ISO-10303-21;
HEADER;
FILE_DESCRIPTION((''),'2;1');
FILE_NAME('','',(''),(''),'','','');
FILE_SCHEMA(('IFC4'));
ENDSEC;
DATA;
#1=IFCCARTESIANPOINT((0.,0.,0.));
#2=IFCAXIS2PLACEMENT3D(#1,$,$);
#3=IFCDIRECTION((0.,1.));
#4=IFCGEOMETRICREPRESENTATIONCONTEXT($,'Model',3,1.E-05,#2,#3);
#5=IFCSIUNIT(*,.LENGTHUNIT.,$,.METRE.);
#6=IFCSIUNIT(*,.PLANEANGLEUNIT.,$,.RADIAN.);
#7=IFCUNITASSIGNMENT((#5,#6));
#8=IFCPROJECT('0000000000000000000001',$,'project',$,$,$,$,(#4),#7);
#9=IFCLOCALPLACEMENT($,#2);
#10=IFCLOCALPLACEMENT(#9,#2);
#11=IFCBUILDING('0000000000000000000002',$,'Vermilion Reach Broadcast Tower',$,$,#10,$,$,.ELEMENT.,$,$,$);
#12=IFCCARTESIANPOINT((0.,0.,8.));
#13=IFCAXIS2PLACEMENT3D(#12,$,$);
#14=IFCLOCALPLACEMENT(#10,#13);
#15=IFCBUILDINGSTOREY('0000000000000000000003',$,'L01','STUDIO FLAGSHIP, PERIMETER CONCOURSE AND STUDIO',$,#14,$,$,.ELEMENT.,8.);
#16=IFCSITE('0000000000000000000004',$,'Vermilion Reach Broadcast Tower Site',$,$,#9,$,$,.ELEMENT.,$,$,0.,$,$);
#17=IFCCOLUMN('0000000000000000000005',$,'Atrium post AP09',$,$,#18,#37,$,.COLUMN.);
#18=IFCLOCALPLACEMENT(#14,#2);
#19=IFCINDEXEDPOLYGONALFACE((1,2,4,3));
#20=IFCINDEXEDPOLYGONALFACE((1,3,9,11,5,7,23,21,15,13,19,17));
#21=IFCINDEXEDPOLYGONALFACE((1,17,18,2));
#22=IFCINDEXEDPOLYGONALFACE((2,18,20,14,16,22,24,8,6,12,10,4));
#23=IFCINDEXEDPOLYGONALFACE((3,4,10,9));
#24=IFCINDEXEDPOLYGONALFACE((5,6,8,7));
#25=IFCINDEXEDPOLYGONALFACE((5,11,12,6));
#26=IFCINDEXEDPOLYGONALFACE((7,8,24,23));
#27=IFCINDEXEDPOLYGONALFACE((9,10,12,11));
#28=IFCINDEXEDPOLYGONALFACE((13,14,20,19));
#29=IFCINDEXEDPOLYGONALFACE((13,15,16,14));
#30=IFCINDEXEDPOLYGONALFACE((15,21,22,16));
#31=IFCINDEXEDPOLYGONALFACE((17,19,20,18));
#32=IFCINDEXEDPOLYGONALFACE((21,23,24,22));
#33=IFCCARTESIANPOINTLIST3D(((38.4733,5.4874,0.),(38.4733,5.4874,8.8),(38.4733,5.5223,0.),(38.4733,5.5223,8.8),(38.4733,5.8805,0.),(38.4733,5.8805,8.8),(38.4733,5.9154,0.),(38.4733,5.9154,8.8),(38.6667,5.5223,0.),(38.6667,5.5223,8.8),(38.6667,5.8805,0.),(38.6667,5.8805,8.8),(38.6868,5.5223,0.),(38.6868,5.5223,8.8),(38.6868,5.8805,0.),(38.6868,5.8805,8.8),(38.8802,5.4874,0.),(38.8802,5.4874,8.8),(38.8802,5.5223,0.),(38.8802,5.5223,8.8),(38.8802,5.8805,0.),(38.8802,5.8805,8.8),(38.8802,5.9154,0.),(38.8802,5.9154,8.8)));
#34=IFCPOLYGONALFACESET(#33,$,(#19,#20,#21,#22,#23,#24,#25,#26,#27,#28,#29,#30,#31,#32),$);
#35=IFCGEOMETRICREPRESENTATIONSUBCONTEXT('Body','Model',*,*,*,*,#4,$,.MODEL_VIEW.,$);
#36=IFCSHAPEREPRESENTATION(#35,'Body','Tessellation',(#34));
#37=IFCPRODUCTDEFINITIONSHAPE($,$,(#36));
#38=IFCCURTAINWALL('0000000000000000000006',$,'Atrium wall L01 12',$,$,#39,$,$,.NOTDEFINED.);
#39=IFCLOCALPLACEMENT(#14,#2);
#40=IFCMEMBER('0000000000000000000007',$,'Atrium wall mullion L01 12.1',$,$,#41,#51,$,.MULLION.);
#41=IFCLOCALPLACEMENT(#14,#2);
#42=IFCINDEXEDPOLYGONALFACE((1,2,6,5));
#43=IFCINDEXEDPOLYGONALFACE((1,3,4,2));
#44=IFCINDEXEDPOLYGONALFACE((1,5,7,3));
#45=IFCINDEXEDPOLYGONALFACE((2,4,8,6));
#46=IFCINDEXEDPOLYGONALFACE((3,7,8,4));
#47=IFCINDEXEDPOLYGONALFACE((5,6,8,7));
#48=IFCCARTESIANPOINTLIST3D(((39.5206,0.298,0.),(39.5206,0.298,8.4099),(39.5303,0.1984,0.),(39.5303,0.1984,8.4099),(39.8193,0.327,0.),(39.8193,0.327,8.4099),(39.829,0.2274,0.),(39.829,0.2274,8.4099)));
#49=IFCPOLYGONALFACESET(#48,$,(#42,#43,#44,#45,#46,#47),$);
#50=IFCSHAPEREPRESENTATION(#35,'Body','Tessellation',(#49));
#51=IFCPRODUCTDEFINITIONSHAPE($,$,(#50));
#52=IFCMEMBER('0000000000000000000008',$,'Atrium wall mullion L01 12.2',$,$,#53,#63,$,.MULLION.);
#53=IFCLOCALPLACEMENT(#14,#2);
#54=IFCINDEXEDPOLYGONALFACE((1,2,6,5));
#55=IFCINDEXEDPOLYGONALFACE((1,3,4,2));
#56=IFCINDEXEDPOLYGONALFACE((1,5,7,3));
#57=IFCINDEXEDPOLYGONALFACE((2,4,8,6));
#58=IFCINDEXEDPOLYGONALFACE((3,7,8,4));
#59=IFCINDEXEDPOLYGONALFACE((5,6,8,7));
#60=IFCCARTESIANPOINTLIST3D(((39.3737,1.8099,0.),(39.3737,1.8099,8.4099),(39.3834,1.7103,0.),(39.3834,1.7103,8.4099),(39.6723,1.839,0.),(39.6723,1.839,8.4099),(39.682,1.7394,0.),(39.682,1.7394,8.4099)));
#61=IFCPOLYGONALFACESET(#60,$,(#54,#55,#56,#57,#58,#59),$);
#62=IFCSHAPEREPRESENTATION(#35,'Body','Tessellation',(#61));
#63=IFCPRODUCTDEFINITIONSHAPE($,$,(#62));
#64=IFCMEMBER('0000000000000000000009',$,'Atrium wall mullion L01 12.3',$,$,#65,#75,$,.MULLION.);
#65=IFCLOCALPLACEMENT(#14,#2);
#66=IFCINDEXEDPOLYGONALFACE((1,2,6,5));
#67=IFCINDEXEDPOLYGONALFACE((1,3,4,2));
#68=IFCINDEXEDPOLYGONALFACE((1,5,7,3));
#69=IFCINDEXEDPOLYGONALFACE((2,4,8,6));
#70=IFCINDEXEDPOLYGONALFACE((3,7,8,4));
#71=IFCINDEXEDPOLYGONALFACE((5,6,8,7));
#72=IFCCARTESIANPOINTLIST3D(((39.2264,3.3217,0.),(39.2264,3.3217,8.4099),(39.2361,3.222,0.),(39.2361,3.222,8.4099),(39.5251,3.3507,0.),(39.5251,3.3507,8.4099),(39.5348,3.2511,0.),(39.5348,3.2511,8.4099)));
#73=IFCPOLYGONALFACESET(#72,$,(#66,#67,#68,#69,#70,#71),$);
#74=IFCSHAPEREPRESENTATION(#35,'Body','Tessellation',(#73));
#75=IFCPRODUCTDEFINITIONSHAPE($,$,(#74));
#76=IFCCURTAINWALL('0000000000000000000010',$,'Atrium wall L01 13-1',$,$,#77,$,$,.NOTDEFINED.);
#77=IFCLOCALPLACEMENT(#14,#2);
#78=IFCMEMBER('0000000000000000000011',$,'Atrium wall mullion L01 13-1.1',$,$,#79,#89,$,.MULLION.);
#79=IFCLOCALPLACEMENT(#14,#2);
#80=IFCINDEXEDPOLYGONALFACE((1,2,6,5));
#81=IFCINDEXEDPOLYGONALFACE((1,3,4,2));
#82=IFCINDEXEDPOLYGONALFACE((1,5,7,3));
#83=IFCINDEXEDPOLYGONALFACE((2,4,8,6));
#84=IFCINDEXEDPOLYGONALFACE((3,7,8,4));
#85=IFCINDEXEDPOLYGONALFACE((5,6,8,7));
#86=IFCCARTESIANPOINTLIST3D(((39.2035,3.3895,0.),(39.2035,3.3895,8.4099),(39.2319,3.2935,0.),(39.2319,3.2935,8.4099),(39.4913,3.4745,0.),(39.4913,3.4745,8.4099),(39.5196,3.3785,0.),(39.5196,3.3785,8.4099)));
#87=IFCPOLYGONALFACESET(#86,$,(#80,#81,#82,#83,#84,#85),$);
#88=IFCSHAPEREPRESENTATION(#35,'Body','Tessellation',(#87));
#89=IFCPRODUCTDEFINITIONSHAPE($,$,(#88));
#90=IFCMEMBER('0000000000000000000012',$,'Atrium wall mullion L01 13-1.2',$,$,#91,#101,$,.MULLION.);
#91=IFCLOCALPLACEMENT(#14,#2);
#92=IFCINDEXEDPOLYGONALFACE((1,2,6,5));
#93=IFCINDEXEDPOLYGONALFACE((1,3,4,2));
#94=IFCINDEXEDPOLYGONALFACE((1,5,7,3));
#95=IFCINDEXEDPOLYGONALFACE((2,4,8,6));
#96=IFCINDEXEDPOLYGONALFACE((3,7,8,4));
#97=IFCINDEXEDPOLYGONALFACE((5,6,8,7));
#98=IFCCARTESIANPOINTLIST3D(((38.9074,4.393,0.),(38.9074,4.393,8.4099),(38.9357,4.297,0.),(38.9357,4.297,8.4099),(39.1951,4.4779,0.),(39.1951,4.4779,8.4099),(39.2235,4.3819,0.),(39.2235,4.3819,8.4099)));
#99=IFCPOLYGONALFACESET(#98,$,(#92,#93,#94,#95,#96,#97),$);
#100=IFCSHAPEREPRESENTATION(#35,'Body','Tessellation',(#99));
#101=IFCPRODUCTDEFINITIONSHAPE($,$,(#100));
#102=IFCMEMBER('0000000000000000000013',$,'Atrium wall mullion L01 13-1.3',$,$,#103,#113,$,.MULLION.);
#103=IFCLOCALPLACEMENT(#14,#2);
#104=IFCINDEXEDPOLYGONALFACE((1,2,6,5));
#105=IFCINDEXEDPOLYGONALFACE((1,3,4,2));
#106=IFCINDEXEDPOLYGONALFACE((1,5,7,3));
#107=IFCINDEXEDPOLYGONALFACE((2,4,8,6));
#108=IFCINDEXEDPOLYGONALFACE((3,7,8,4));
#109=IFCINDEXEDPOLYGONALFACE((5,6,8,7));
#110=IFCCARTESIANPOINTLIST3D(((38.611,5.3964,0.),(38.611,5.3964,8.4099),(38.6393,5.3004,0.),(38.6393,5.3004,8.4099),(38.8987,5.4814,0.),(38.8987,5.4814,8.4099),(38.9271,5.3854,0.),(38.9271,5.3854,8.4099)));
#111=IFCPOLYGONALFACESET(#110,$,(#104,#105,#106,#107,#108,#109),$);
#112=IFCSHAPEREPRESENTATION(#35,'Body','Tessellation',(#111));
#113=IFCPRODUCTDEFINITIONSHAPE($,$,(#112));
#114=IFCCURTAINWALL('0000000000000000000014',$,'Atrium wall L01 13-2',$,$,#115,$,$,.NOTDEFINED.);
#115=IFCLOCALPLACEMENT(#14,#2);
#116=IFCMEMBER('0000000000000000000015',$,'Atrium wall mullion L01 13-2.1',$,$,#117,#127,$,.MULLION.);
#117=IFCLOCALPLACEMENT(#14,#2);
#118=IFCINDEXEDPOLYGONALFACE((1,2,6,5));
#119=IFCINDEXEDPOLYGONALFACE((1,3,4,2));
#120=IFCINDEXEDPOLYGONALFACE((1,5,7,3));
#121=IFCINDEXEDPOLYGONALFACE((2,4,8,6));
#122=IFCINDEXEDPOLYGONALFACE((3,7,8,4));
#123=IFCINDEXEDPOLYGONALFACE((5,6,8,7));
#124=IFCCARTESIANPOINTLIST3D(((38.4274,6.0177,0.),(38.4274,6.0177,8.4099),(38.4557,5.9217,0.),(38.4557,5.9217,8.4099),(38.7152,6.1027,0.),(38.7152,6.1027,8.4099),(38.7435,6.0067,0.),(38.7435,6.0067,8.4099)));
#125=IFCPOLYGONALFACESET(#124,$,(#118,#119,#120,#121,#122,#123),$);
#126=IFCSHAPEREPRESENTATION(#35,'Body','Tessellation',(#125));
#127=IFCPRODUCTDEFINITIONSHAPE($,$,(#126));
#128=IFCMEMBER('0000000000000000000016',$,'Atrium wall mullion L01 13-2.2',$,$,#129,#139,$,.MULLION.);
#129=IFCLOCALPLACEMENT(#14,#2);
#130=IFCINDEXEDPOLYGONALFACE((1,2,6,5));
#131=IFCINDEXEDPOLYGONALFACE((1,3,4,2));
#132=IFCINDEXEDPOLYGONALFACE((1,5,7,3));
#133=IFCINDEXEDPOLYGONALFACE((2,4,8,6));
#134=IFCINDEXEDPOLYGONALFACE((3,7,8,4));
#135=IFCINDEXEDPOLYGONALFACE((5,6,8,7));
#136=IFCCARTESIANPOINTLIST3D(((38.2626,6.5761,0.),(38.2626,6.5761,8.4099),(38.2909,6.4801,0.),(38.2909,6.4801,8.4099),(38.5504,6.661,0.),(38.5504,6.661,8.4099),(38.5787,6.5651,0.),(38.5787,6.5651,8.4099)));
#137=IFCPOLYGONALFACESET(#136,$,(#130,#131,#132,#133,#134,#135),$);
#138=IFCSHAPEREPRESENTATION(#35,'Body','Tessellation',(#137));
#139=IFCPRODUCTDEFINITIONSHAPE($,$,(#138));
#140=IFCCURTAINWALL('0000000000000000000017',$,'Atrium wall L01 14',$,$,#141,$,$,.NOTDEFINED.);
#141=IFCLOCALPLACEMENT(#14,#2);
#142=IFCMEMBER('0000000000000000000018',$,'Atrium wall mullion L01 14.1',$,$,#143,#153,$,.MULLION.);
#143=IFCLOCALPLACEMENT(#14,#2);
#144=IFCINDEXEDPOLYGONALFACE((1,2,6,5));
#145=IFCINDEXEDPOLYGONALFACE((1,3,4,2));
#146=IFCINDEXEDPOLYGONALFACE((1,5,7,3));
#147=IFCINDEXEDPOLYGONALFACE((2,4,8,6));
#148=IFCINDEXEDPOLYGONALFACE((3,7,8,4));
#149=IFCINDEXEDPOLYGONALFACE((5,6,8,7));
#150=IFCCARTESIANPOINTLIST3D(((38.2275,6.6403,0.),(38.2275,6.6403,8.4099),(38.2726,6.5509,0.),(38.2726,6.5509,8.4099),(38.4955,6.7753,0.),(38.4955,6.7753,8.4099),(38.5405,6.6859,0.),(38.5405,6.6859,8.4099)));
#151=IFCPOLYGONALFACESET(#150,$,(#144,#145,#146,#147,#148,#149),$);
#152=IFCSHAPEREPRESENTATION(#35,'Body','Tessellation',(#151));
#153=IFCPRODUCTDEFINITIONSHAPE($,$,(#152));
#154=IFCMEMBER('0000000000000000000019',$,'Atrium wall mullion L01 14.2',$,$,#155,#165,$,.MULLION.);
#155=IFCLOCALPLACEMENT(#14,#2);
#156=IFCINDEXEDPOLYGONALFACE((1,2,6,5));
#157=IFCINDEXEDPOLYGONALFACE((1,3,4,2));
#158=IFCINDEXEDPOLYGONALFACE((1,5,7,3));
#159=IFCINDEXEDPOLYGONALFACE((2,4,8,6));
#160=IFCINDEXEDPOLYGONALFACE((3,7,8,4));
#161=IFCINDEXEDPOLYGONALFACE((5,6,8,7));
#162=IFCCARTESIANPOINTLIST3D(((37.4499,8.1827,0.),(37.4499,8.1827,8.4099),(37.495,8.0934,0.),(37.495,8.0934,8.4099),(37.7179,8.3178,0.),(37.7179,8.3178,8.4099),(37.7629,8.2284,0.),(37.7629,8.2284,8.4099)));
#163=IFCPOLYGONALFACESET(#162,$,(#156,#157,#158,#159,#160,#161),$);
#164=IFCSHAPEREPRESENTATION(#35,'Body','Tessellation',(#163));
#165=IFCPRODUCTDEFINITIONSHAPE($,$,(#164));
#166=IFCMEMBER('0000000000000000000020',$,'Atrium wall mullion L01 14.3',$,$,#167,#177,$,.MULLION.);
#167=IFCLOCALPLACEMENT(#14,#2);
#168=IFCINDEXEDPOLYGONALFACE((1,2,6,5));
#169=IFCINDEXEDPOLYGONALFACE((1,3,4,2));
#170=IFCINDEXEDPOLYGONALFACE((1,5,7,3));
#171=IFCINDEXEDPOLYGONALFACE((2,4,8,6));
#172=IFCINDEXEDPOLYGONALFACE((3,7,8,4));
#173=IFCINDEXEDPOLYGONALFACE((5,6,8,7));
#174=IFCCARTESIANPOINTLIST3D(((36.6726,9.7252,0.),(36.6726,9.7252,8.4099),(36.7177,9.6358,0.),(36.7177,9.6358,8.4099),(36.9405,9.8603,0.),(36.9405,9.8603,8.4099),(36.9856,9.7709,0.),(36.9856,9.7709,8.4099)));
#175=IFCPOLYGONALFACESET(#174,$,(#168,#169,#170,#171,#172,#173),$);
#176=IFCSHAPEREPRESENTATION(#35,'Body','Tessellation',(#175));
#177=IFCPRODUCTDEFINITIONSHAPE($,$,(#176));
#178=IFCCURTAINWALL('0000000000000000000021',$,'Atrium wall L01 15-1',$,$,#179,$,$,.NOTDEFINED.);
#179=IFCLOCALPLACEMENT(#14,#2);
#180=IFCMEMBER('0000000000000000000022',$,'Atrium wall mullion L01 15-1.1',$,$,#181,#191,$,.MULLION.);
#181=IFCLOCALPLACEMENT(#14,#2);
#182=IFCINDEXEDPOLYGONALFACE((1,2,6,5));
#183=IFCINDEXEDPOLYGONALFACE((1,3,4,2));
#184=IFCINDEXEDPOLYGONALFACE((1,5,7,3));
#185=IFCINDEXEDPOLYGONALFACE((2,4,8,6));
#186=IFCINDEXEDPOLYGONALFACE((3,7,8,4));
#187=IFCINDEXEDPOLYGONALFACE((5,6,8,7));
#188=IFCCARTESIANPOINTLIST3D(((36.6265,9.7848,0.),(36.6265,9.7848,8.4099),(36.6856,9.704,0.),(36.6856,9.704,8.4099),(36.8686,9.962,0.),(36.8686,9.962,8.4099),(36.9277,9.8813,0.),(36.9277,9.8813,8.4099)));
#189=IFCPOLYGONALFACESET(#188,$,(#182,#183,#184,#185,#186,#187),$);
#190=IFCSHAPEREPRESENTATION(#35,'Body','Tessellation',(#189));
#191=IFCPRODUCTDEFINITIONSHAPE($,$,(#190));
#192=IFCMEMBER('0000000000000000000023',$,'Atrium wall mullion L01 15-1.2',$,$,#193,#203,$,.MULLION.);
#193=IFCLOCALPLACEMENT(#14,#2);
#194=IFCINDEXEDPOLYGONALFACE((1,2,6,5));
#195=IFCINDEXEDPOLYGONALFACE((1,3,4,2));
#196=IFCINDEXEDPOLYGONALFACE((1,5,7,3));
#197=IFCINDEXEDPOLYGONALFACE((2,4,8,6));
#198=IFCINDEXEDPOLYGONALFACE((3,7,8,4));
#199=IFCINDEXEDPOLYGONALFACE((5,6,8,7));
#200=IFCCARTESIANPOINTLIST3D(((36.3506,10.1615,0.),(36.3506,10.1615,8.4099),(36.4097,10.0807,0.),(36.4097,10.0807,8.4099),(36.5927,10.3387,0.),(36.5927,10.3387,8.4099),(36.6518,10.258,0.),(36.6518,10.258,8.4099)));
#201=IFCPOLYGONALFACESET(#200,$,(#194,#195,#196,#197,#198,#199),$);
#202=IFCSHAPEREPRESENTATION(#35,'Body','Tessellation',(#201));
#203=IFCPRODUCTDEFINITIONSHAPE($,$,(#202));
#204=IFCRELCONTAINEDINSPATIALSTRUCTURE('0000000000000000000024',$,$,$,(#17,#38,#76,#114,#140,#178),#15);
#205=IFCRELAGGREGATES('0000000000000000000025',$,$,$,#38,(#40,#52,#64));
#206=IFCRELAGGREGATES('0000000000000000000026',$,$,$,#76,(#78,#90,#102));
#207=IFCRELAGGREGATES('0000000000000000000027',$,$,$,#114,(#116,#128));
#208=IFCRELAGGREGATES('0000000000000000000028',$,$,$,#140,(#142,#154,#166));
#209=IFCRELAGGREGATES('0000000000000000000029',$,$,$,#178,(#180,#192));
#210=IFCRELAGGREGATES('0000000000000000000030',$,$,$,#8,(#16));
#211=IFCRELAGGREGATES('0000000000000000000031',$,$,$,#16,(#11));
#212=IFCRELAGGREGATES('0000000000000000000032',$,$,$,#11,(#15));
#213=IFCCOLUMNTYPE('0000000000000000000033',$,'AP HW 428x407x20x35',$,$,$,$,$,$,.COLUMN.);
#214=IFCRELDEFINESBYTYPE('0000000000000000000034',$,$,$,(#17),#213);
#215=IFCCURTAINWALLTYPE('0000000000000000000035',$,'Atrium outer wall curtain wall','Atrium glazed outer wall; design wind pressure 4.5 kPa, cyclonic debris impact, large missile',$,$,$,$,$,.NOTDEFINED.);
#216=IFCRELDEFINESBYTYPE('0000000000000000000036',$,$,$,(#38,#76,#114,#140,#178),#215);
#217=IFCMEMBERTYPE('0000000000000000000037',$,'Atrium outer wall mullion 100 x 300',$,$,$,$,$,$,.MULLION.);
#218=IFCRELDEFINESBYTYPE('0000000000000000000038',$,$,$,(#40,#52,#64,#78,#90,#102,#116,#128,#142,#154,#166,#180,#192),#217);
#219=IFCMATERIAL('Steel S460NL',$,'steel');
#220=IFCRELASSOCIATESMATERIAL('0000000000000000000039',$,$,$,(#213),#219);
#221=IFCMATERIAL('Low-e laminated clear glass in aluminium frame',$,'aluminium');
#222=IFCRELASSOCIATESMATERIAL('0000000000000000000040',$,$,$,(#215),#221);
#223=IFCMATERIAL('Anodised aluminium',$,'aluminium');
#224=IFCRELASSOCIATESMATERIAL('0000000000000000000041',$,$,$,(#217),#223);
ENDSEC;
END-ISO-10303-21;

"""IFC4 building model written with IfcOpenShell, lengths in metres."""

from ifc_helpers import new_model, si_unit, direction, frame, origin, origin_2d, place, context, subcontext, project, spatial, rectangle, i_section, extrude, material, material_profile, profile_set, type_object, element, aggregate, save


model = new_model("IFC4")

# Units and contexts
model_context = context("Model", 3, precision=1e-05, world=origin(), true_north=direction((0.0, 1.0)))
body_context = subcontext(model_context, "Body", "Model", "MODEL_VIEW")
ifc_project = project(units=[si_unit("LENGTHUNIT", "METRE"), si_unit("PLANEANGLEUNIT", "RADIAN")], contexts=[model_context])

# Site, building, storey
site_placement = place(None, origin())
site = spatial("IfcSite", under=ifc_project, at=site_placement, Name="Vermilion Reach Broadcast Tower Site", CompositionType="ELEMENT", RefElevation=0.0)
building_placement = place(site_placement, origin())
building = spatial("IfcBuilding", under=site, at=building_placement, Name="Vermilion Reach Broadcast Tower", CompositionType="ELEMENT")
storey_placement = place(building_placement, frame((0.0, 0.0, 8.0)))
storey = spatial("IfcBuildingStorey", under=building, at=storey_placement, Name="L01", Description="STUDIO FLAGSHIP, PERIMETER CONCOURSE AND STUDIO", CompositionType="ELEMENT", Elevation=8.0)

# Column
ifc_material_1 = material(Name="Steel S460NL", Category="steel")
ifc_material_profile_1 = material_profile(ifc_material_1, i_section(OverallWidth=0.407, OverallDepth=0.428, WebThickness=0.02, FlangeThickness=0.0349, at=origin_2d()), Name="S460NL HW 428x407x20x35")
ifc_profile_set_1 = profile_set([ifc_material_profile_1], Name="Steel S460NL")
column_type = type_object("IfcColumnType", Name="AP HW 428x407x20x35", PredefinedType="COLUMN", material=ifc_profile_set_1)
column_placement = place(storey_placement, frame((38.6768, 5.7014, 0.0), z_axis=(0.0, 0.0, 1.0), x_axis=(1.0, 0.0, 0.0)))
element("IfcColumn", 1, at=column_placement, inside=storey, type_object=column_type, Name="Atrium post AP09", PredefinedType="COLUMN", context=body_context, shape_type="SweptSolid", body=[
    extrude(i_section(OverallWidth=0.407, OverallDepth=0.428, WebThickness=0.02, FlangeThickness=0.0349, at=origin_2d()), origin(), (0.0, 0.0, 1.0), 8.8),
])

# Curtain walls, members
ifc_material_2 = material(Name="Low-e laminated clear glass in aluminium frame", Category="aluminium")
curtain_wall_type = type_object("IfcCurtainWallType", Name="Atrium outer wall curtain wall", Description="Atrium glazed outer wall; design wind pressure 4.5 kPa, cyclonic debris impact, large missile", PredefinedType="NOTDEFINED", material=ifc_material_2)
placement = place(storey_placement, origin())
curtain_wall_1 = element("IfcCurtainWall", 2, at=placement, inside=storey, type_object=curtain_wall_type, Name="Atrium wall L01 12", PredefinedType="NOTDEFINED")
ifc_material_3 = material(Name="Anodised aluminium", Category="aluminium")
ifc_material_profile_2 = material_profile(ifc_material_3, rectangle(XDim=0.3, YDim=0.1001, at=origin_2d()), Name="Atrium outer wall mullion 100 x 300")
ifc_profile_set_2 = profile_set([ifc_material_profile_2], Name="Anodised aluminium")
member_type_1 = type_object("IfcMemberType", Name="Atrium outer wall mullion 100 x 300", PredefinedType="MULLION", material=ifc_profile_set_2)
member_1_placement = place(storey_placement, frame((39.6748, 0.2627, 0.0), z_axis=(0.0, 0.0, 1.0), x_axis=(-0.995298, -0.096861, 0.0)))
member_1 = element("IfcMember", 3, at=member_1_placement, type_object=member_type_1, Name="Atrium wall mullion L01 12.1", PredefinedType="MULLION", context=body_context, shape_type="SweptSolid", body=[
    extrude(rectangle(XDim=0.3, YDim=0.1001, at=origin_2d()), origin(), (0.0, 0.0, 1.0), 8.4099),
])
member_2_placement = place(storey_placement, frame((39.5278, 1.7747, 0.0), z_axis=(0.0, 0.0, 1.0), x_axis=(-0.995298, -0.096861, 0.0)))
member_2 = element("IfcMember", 4, at=member_2_placement, type_object=member_type_1, Name="Atrium wall mullion L01 12.2", PredefinedType="MULLION", context=body_context, shape_type="SweptSolid", body=[
    extrude(rectangle(XDim=0.3, YDim=0.1001, at=origin_2d()), origin(), (0.0, 0.0, 1.0), 8.4099),
])
member_3_placement = place(storey_placement, frame((39.3806, 3.2864, 0.0), z_axis=(0.0, 0.0, 1.0), x_axis=(-0.995298, -0.096861, 0.0)))
member_3 = element("IfcMember", 5, at=member_3_placement, type_object=member_type_1, Name="Atrium wall mullion L01 12.3", PredefinedType="MULLION", context=body_context, shape_type="SweptSolid", body=[
    extrude(rectangle(XDim=0.3, YDim=0.1001, at=origin_2d()), origin(), (0.0, 0.0, 1.0), 8.4099),
])
curtain_wall_2 = element("IfcCurtainWall", 6, at=placement, inside=storey, type_object=curtain_wall_type, Name="Atrium wall L01 13-1", PredefinedType="NOTDEFINED")
member_4_placement = place(storey_placement, frame((39.3616, 3.384, 0.0), z_axis=(0.0, 0.0, 1.0), x_axis=(-0.959048, -0.283245, 0.0)))
member_4 = element("IfcMember", 7, at=member_4_placement, type_object=member_type_1, Name="Atrium wall mullion L01 13-1.1", PredefinedType="MULLION", context=body_context, shape_type="SweptSolid", body=[
    extrude(rectangle(XDim=0.3, YDim=0.1001, at=origin_2d()), origin(), (0.0, 0.0, 1.0), 8.4099),
])
member_5_placement = place(storey_placement, frame((39.0654, 4.3875, 0.0), z_axis=(0.0, 0.0, 1.0), x_axis=(-0.959048, -0.283245, 0.0)))
member_5 = element("IfcMember", 8, at=member_5_placement, type_object=member_type_1, Name="Atrium wall mullion L01 13-1.2", PredefinedType="MULLION", context=body_context, shape_type="SweptSolid", body=[
    extrude(rectangle(XDim=0.3, YDim=0.1001, at=origin_2d()), origin(), (0.0, 0.0, 1.0), 8.4099),
])
member_6_placement = place(storey_placement, frame((38.769, 5.3909, 0.0), z_axis=(0.0, 0.0, 1.0), x_axis=(-0.959048, -0.283245, 0.0)))
member_6 = element("IfcMember", 9, at=member_6_placement, type_object=member_type_1, Name="Atrium wall mullion L01 13-1.3", PredefinedType="MULLION", context=body_context, shape_type="SweptSolid", body=[
    extrude(rectangle(XDim=0.3, YDim=0.1001, at=origin_2d()), origin(), (0.0, 0.0, 1.0), 8.4099),
])
curtain_wall_3 = element("IfcCurtainWall", 10, at=placement, inside=storey, type_object=curtain_wall_type, Name="Atrium wall L01 13-2", PredefinedType="NOTDEFINED")
member_7_placement = place(storey_placement, frame((38.5854, 6.0122, 0.0), z_axis=(0.0, 0.0, 1.0), x_axis=(-0.959048, -0.283245, 0.0)))
member_7 = element("IfcMember", 11, at=member_7_placement, type_object=member_type_1, Name="Atrium wall mullion L01 13-2.1", PredefinedType="MULLION", context=body_context, shape_type="SweptSolid", body=[
    extrude(rectangle(XDim=0.3, YDim=0.1001, at=origin_2d()), origin(), (0.0, 0.0, 1.0), 8.4099),
])
member_8_placement = place(storey_placement, frame((38.4207, 6.5706, 0.0), z_axis=(0.0, 0.0, 1.0), x_axis=(-0.959048, -0.283245, 0.0)))
member_8 = element("IfcMember", 12, at=member_8_placement, type_object=member_type_1, Name="Atrium wall mullion L01 13-2.2", PredefinedType="MULLION", context=body_context, shape_type="SweptSolid", body=[
    extrude(rectangle(XDim=0.3, YDim=0.1001, at=origin_2d()), origin(), (0.0, 0.0, 1.0), 8.4099),
])
curtain_wall_4 = element("IfcCurtainWall", 13, at=placement, inside=storey, type_object=curtain_wall_type, Name="Atrium wall L01 14", PredefinedType="NOTDEFINED")
member_9_placement = place(storey_placement, frame((38.384, 6.6631, 0.0), z_axis=(0.0, 0.0, 1.0), x_axis=(-0.892992, -0.450072, 0.0)))
member_9 = element("IfcMember", 14, at=member_9_placement, type_object=member_type_1, Name="Atrium wall mullion L01 14.1", PredefinedType="MULLION", context=body_context, shape_type="SweptSolid", body=[
    extrude(rectangle(XDim=0.3, YDim=0.1001, at=origin_2d()), origin(), (0.0, 0.0, 1.0), 8.4099),
])
member_10_placement = place(storey_placement, frame((37.6064, 8.2056, 0.0), z_axis=(0.0, 0.0, 1.0), x_axis=(-0.892992, -0.450072, 0.0)))
member_10 = element("IfcMember", 15, at=member_10_placement, type_object=member_type_1, Name="Atrium wall mullion L01 14.2", PredefinedType="MULLION", context=body_context, shape_type="SweptSolid", body=[
    extrude(rectangle(XDim=0.3, YDim=0.1001, at=origin_2d()), origin(), (0.0, 0.0, 1.0), 8.4099),
])
member_11_placement = place(storey_placement, frame((36.8291, 9.748, 0.0), z_axis=(0.0, 0.0, 1.0), x_axis=(-0.892992, -0.450072, 0.0)))
member_11 = element("IfcMember", 16, at=member_11_placement, type_object=member_type_1, Name="Atrium wall mullion L01 14.3", PredefinedType="MULLION", context=body_context, shape_type="SweptSolid", body=[
    extrude(rectangle(XDim=0.3, YDim=0.1001, at=origin_2d()), origin(), (0.0, 0.0, 1.0), 8.4099),
])
curtain_wall_5 = element("IfcCurtainWall", 17, at=placement, inside=storey, type_object=curtain_wall_type, Name="Atrium wall L01 15-1", PredefinedType="NOTDEFINED")
member_12_placement = place(storey_placement, frame((36.7771, 9.833, 0.0), z_axis=(0.0, 0.0, 1.0), x_axis=(-0.806847, -0.59076, 0.0)))
member_12 = element("IfcMember", 18, at=member_12_placement, type_object=member_type_1, Name="Atrium wall mullion L01 15-1.1", PredefinedType="MULLION", context=body_context, shape_type="SweptSolid", body=[
    extrude(rectangle(XDim=0.3, YDim=0.1001, at=origin_2d()), origin(), (0.0, 0.0, 1.0), 8.4099),
])
member_13_placement = place(storey_placement, frame((36.5012, 10.2097, 0.0), z_axis=(0.0, 0.0, 1.0), x_axis=(-0.806847, -0.59076, 0.0)))
member_13 = element("IfcMember", 19, at=member_13_placement, type_object=member_type_1, Name="Atrium wall mullion L01 15-1.2", PredefinedType="MULLION", context=body_context, shape_type="SweptSolid", body=[
    extrude(rectangle(XDim=0.3, YDim=0.1001, at=origin_2d()), origin(), (0.0, 0.0, 1.0), 8.4099),
])

aggregate(curtain_wall_1, [member_1, member_2, member_3])
aggregate(curtain_wall_2, [member_4, member_5, member_6])
aggregate(curtain_wall_3, [member_7, member_8])
aggregate(curtain_wall_4, [member_9, member_10, member_11])
aggregate(curtain_wall_5, [member_12, member_13])

save(model, "model.ifc")
